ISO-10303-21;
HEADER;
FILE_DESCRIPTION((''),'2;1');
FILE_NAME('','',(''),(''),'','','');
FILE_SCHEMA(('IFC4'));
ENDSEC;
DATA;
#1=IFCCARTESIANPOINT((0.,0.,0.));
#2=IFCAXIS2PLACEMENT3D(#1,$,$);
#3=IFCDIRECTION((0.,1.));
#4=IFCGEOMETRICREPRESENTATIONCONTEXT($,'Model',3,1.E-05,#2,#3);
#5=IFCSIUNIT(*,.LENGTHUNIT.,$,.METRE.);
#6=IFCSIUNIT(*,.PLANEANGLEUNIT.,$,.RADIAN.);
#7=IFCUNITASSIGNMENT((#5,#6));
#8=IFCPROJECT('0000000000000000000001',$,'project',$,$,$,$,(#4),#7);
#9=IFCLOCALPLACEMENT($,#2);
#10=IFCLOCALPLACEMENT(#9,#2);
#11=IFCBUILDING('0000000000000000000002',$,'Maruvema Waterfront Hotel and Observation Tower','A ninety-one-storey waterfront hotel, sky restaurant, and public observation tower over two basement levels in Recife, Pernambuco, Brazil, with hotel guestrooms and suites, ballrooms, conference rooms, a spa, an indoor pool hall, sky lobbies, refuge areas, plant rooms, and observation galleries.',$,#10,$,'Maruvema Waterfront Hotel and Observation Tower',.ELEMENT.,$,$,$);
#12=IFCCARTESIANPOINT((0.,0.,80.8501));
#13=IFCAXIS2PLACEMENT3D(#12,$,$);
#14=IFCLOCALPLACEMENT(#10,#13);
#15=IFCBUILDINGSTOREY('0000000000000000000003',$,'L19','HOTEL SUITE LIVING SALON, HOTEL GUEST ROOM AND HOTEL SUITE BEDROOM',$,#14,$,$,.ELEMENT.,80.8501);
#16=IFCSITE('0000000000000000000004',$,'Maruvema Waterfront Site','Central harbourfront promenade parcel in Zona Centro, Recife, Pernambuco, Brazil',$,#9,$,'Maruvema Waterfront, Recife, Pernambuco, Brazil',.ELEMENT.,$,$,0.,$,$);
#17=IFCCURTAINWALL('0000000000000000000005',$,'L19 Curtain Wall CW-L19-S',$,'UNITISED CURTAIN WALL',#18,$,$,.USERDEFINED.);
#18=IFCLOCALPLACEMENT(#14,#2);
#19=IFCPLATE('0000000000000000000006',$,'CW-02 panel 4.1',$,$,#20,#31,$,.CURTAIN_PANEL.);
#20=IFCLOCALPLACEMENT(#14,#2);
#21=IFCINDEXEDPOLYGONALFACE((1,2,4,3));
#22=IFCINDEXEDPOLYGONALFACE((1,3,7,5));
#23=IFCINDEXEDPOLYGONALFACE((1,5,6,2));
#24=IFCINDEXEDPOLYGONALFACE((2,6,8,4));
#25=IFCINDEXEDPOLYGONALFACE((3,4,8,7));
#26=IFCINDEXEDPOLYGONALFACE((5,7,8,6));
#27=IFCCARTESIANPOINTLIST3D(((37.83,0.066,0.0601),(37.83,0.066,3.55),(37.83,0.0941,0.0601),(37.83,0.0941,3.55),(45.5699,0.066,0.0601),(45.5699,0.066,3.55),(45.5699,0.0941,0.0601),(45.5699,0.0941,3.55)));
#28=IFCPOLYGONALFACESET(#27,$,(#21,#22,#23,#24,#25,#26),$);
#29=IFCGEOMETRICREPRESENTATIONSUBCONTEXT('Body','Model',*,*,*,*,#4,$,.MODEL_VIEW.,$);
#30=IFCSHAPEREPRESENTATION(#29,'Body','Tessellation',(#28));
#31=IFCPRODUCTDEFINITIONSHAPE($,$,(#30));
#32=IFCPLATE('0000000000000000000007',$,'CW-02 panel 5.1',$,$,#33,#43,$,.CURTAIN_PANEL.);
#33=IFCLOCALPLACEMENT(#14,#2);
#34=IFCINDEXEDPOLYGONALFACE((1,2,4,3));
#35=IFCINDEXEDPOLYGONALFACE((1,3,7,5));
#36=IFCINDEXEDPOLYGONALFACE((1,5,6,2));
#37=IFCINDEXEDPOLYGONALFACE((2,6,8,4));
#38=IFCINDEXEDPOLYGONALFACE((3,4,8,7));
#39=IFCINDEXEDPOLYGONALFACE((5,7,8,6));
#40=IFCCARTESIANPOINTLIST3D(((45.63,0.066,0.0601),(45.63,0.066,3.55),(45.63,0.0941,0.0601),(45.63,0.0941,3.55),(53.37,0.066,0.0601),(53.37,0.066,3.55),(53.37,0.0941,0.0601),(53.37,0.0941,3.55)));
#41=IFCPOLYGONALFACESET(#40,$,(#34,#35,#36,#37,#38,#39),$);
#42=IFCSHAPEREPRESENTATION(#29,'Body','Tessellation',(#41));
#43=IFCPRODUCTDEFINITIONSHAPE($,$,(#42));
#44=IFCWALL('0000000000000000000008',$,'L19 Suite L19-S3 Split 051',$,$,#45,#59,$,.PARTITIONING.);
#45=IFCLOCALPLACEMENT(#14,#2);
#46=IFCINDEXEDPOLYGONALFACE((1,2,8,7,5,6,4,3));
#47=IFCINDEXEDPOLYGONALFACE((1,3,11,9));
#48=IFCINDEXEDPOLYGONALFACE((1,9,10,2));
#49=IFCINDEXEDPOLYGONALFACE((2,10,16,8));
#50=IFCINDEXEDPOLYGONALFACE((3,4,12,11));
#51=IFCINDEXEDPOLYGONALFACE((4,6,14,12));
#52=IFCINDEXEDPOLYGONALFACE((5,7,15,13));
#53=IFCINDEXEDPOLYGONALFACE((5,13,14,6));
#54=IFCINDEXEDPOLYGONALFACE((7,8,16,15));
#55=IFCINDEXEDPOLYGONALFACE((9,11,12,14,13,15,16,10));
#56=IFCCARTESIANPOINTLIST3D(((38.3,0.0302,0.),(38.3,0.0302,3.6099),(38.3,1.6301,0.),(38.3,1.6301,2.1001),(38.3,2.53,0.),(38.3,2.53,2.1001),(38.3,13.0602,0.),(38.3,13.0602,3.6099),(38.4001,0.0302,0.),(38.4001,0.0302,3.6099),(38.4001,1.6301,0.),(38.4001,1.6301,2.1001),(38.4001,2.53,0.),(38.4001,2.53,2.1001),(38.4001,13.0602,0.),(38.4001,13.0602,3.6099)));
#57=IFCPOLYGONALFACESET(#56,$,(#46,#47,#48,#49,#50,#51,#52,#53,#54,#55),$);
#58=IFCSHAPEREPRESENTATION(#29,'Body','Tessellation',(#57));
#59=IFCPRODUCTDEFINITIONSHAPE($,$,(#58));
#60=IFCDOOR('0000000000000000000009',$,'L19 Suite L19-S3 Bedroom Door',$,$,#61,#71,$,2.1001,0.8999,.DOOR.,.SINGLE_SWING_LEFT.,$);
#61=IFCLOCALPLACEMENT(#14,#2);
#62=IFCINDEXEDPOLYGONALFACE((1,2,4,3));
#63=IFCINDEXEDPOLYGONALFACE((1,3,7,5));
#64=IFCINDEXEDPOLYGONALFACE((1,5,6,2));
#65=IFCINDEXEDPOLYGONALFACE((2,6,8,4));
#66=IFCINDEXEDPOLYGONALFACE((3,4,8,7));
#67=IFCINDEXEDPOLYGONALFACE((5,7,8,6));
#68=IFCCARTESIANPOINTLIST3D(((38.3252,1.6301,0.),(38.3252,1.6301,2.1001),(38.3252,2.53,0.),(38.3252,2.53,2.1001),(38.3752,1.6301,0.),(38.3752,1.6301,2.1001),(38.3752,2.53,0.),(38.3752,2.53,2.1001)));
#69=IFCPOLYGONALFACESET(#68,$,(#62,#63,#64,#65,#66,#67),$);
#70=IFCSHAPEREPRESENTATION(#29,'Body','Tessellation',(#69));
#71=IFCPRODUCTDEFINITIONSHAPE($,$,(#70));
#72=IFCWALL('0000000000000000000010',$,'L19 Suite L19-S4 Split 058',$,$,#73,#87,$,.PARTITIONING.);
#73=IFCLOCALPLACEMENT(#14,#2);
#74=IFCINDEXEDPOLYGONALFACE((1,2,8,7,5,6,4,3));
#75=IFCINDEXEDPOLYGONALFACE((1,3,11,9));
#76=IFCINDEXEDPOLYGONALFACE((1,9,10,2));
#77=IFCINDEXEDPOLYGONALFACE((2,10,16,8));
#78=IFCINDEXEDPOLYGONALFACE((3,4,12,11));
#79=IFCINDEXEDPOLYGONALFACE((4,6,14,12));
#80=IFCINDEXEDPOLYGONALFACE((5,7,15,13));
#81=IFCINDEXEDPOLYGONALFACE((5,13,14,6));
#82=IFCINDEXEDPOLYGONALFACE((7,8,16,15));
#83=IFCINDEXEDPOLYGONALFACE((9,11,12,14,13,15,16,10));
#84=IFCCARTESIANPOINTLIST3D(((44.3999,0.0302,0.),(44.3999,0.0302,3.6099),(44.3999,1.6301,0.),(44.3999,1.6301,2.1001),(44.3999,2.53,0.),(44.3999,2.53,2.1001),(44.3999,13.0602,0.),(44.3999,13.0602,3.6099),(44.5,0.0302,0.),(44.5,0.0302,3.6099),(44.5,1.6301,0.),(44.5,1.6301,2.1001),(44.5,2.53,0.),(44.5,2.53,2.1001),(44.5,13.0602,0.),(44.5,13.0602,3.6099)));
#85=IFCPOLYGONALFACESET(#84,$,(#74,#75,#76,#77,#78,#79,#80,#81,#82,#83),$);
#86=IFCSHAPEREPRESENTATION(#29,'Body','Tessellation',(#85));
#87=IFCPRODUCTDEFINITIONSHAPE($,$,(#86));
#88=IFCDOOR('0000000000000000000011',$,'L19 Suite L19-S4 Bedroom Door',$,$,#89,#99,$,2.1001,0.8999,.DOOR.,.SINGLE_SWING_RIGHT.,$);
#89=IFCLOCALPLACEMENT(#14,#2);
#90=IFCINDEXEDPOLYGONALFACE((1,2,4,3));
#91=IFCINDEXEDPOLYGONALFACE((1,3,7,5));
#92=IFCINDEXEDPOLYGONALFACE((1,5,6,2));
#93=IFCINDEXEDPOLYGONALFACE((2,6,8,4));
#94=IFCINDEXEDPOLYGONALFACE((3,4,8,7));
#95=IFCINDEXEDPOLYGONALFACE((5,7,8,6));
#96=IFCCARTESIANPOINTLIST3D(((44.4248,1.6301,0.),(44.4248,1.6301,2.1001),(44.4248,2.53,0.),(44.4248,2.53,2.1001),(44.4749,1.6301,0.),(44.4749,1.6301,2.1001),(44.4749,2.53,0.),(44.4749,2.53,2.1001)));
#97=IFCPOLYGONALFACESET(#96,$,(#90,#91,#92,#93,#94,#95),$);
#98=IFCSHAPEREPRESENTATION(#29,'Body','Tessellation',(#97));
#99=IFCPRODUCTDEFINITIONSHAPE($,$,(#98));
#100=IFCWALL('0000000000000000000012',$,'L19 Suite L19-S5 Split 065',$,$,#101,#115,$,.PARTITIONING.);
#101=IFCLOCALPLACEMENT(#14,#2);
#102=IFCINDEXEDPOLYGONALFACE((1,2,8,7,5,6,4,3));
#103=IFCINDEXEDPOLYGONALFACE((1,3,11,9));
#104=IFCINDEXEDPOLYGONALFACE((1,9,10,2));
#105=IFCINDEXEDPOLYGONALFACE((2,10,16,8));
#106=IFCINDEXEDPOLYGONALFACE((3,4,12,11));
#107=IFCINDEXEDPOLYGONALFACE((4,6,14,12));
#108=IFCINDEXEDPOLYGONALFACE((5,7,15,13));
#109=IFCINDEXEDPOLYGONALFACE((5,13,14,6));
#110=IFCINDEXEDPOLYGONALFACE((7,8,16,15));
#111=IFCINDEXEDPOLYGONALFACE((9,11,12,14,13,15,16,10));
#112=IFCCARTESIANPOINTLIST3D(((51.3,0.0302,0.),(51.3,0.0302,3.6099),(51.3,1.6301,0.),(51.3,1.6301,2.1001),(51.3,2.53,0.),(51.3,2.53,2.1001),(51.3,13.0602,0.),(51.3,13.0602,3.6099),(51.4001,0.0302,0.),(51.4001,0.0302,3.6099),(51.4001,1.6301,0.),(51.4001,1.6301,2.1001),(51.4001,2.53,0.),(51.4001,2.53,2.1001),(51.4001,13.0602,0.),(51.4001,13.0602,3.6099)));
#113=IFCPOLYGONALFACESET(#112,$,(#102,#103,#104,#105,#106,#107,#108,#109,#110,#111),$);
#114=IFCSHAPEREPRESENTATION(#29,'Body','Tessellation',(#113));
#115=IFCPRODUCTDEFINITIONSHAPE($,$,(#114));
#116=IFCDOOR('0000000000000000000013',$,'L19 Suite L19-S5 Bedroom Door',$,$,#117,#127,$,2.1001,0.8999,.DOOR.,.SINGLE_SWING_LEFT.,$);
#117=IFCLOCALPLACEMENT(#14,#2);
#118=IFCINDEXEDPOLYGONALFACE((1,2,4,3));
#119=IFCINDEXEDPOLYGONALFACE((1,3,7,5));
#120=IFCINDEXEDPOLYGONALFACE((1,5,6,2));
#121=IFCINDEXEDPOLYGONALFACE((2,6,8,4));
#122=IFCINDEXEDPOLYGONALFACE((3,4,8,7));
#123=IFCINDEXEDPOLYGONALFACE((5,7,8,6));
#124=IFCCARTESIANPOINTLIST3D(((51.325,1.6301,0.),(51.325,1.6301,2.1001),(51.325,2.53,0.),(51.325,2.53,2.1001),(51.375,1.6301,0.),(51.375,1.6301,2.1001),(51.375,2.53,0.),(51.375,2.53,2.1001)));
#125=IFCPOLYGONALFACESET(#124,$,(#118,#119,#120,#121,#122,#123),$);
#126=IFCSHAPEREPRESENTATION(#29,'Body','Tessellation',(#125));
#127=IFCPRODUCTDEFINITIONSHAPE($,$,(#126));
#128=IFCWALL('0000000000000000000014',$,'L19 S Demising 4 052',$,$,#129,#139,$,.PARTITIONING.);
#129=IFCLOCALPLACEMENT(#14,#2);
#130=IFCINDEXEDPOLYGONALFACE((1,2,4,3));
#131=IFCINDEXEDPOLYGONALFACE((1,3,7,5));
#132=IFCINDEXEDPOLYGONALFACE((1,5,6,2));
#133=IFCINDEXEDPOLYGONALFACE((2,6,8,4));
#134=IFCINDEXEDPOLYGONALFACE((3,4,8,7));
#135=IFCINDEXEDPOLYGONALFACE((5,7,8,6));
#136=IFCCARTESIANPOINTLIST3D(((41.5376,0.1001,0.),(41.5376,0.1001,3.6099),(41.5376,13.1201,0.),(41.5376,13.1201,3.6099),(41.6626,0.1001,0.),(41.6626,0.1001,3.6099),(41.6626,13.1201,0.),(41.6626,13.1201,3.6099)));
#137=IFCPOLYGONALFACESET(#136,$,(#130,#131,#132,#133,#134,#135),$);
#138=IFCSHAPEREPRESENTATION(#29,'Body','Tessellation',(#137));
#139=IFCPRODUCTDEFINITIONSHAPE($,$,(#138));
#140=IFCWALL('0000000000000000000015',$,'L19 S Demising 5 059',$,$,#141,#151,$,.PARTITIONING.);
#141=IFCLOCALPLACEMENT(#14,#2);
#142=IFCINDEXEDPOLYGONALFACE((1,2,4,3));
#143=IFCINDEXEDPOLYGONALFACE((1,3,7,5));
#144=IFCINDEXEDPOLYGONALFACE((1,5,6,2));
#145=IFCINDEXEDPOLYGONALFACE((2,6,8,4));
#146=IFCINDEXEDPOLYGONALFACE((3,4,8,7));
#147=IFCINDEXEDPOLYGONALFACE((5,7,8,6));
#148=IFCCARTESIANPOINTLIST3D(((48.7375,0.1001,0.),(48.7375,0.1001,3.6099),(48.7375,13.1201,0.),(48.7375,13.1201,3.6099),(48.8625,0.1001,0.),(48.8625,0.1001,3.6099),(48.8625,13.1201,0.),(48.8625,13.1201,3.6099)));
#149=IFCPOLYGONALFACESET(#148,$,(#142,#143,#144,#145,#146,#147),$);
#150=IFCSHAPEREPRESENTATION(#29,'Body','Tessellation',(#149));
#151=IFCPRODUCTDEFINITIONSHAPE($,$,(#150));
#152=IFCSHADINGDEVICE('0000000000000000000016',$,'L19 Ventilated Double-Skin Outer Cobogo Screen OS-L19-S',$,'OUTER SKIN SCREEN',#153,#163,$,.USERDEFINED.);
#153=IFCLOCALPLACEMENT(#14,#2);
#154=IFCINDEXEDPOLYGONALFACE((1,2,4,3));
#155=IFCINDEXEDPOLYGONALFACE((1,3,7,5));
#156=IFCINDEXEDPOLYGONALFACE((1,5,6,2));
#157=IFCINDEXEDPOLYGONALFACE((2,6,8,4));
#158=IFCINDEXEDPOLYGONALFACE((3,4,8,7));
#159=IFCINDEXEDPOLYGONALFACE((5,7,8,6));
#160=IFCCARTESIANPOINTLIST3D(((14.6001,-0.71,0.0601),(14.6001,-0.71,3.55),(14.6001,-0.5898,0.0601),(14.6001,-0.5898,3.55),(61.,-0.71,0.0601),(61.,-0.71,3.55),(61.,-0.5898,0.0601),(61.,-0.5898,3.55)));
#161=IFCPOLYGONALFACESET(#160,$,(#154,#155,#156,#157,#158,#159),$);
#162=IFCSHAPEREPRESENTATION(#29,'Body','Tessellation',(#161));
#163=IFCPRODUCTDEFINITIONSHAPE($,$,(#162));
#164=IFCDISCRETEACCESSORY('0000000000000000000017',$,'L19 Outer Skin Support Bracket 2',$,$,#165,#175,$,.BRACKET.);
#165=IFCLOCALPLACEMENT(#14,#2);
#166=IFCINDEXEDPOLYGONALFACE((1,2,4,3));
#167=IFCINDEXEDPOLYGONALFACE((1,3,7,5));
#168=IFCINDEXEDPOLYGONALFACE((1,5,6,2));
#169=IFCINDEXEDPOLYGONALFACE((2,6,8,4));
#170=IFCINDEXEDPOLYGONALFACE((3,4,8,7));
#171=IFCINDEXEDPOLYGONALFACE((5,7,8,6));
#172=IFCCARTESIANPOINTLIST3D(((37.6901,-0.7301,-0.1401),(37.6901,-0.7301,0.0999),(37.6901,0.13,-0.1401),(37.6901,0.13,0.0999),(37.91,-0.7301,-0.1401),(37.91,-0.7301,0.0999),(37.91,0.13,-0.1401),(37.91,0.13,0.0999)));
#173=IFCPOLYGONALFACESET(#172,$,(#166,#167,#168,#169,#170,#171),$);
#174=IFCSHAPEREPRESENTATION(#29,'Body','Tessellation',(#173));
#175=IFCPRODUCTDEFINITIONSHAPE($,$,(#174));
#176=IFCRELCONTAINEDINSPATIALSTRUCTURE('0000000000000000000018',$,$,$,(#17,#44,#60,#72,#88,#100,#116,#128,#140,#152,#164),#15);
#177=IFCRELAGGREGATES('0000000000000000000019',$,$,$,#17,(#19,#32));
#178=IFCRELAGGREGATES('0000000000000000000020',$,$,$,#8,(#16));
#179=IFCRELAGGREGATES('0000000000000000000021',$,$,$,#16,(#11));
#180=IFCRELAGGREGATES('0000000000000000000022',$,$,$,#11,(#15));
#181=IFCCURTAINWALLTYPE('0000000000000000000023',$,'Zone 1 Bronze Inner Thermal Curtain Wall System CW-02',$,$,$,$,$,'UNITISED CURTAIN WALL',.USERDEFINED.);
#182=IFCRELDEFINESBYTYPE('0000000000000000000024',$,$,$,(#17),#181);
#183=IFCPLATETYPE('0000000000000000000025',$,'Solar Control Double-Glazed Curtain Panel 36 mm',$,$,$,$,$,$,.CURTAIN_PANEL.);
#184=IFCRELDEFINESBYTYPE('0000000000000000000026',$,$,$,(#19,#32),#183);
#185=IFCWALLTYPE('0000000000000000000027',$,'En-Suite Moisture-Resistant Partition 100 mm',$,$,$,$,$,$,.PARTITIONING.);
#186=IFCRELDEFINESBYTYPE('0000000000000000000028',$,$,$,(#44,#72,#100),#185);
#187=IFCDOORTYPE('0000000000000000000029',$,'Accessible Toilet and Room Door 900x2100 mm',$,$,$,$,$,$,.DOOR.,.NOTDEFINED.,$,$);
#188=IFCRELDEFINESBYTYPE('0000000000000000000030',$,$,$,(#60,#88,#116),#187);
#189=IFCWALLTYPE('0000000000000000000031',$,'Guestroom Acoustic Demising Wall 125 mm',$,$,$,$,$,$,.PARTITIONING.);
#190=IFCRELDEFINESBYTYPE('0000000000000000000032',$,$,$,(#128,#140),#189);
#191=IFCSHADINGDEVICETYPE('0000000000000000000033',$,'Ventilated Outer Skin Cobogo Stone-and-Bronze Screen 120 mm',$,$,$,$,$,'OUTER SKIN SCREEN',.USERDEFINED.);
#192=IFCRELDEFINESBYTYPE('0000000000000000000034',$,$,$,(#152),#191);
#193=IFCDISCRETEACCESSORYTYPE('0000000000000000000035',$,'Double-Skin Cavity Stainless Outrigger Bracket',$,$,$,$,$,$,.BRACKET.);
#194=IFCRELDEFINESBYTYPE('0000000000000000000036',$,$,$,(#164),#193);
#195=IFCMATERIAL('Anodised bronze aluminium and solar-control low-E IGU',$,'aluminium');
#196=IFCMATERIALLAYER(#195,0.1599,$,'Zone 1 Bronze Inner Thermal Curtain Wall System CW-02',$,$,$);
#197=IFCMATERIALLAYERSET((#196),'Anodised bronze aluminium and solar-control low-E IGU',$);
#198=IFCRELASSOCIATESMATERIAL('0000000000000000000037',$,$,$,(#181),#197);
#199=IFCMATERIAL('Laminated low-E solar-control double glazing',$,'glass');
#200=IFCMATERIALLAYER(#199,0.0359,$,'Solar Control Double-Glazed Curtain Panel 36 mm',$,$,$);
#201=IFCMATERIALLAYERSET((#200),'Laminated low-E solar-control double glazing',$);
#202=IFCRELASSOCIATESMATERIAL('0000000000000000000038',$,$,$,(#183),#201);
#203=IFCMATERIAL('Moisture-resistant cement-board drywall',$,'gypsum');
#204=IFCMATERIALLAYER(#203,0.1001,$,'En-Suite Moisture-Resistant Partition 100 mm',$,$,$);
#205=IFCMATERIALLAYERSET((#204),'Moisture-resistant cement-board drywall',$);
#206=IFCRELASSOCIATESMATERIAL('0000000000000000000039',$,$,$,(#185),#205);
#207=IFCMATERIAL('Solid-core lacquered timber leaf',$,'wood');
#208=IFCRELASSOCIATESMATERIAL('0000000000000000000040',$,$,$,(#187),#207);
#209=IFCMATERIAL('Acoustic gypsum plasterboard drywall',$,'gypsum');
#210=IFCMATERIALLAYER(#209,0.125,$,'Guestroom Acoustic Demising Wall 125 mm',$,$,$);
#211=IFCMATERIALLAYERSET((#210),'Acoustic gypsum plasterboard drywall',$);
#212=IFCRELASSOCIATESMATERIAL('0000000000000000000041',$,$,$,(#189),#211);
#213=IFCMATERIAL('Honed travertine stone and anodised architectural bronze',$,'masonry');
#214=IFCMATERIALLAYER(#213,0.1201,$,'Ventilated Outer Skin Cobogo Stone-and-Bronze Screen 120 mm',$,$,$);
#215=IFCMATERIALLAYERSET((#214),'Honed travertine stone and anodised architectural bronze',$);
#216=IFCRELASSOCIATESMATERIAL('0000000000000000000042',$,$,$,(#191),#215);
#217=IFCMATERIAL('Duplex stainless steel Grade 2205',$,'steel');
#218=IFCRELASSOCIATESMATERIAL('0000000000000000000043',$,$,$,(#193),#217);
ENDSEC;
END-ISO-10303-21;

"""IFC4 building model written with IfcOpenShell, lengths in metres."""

from ifc_helpers import new_model, si_unit, direction, frame, frame_2d, origin, origin_2d, place, context, subcontext, project, spatial, rectangle, extrude, material, layer, layer_set, type_object, element, fill, aggregate, save


model = new_model("IFC4")

# Units and contexts
model_context = context("Model", 3, precision=1e-05, world=origin(), true_north=direction((0.0, 1.0)))
body_context = subcontext(model_context, "Body", "Model", "MODEL_VIEW")
ifc_project = project(units=[si_unit("LENGTHUNIT", "METRE"), si_unit("PLANEANGLEUNIT", "RADIAN")], contexts=[model_context])

# Site, building, storey
site_placement = place(None, origin())
site = spatial("IfcSite", under=ifc_project, at=site_placement, Name="Maruvema Waterfront Site", Description="Central harbourfront promenade parcel in Zona Centro, Recife, Pernambuco, Brazil", LongName="Maruvema Waterfront, Recife, Pernambuco, Brazil", CompositionType="ELEMENT", RefElevation=0.0)
building_placement = place(site_placement, origin())
building = spatial("IfcBuilding", under=site, at=building_placement, Name="Maruvema Waterfront Hotel and Observation Tower", Description="A ninety-one-storey waterfront hotel, sky restaurant, and public observation tower over two basement levels in Recife, Pernambuco, Brazil, with hotel guestrooms and suites, ballrooms, conference rooms, a spa, an indoor pool hall, sky lobbies, refuge areas, plant rooms, and observation galleries.", LongName="Maruvema Waterfront Hotel and Observation Tower", CompositionType="ELEMENT")
storey_placement = place(building_placement, frame((0.0, 0.0, 80.8501)))
storey = spatial("IfcBuildingStorey", under=building, at=storey_placement, Name="L19", Description="HOTEL SUITE LIVING SALON, HOTEL GUEST ROOM AND HOTEL SUITE BEDROOM", CompositionType="ELEMENT", Elevation=80.8501)

# Curtain wall
ifc_material_1 = material(Name="Anodised bronze aluminium and solar-control low-E IGU", Category="aluminium")
ifc_layer_1 = layer(ifc_material_1, 0.1599, Name="Zone 1 Bronze Inner Thermal Curtain Wall System CW-02")
ifc_layer_set_1 = layer_set([ifc_layer_1], Name="Anodised bronze aluminium and solar-control low-E IGU")
curtain_wall_type = type_object("IfcCurtainWallType", Name="Zone 1 Bronze Inner Thermal Curtain Wall System CW-02", ElementType="UNITISED CURTAIN WALL", PredefinedType="USERDEFINED", material=ifc_layer_set_1)
curtain_wall_placement = place(storey_placement, origin())
curtain_wall = element("IfcCurtainWall", 1, at=curtain_wall_placement, inside=storey, type_object=curtain_wall_type, Name="L19 Curtain Wall CW-L19-S", ObjectType="UNITISED CURTAIN WALL", PredefinedType="USERDEFINED")

# Plates
ifc_material_2 = material(Name="Laminated low-E solar-control double glazing", Category="glass")
ifc_layer_2 = layer(ifc_material_2, 0.0359, Name="Solar Control Double-Glazed Curtain Panel 36 mm")
ifc_layer_set_2 = layer_set([ifc_layer_2], Name="Laminated low-E solar-control double glazing")
plate_type = type_object("IfcPlateType", Name="Solar Control Double-Glazed Curtain Panel 36 mm", PredefinedType="CURTAIN_PANEL", material=ifc_layer_set_2)
plate_1_placement = place(storey_placement, frame((41.7, 0.0801, 0.0601), z_axis=(0.0, 0.0, 1.0), x_axis=(1.0, 0.0, 0.0)))
plate_1 = element("IfcPlate", 2, at=plate_1_placement, type_object=plate_type, Name="CW-02 panel 4.1", PredefinedType="CURTAIN_PANEL", context=body_context, shape_type="SweptSolid", body=[
    extrude(rectangle(XDim=7.74, YDim=0.0281, at=origin_2d()), origin(), (0.0, 0.0, 1.0), 3.49),
])
plate_2_placement = place(storey_placement, frame((49.5, 0.0801, 0.0601), z_axis=(0.0, 0.0, 1.0), x_axis=(1.0, 0.0, 0.0)))
plate_2 = element("IfcPlate", 3, at=plate_2_placement, type_object=plate_type, Name="CW-02 panel 5.1", PredefinedType="CURTAIN_PANEL", context=body_context, shape_type="SweptSolid", body=[
    extrude(rectangle(XDim=7.74, YDim=0.0281, at=origin_2d()), origin(), (0.0, 0.0, 1.0), 3.49),
])
aggregate(curtain_wall, [plate_1, plate_2])

# Walls, openings, doors
ifc_material_3 = material(Name="Moisture-resistant cement-board drywall", Category="gypsum")
ifc_layer_3 = layer(ifc_material_3, 0.1001, Name="En-Suite Moisture-Resistant Partition 100 mm")
ifc_layer_set_3 = layer_set([ifc_layer_3], Name="Moisture-resistant cement-board drywall")
wall_type_1 = type_object("IfcWallType", Name="En-Suite Moisture-Resistant Partition 100 mm", PredefinedType="PARTITIONING", material=ifc_layer_set_3)
wall_1_placement = place(storey_placement, frame((38.3501, 0.03, 0.0), z_axis=(0.0, 0.0, 1.0), x_axis=(0.0, 1.0, 0.0)))
wall_1 = element("IfcWall", 4, at=wall_1_placement, inside=storey, type_object=wall_type_1, Name="L19 Suite L19-S3 Split 051", PredefinedType="PARTITIONING", context=body_context, shape_type="SweptSolid", body=[
    extrude(rectangle(XDim=13.03, YDim=0.1001, at=frame_2d((6.5151, 0.0))), origin(), (0.0, 0.0, 1.0), 3.6099),
])
opening_1_placement = place(wall_1_placement, frame((1.6001, 0.0, 0.0)))
opening_1 = element("IfcOpeningElement", 5, at=opening_1_placement, cuts=wall_1, PredefinedType="OPENING", context=body_context, shape_type="SweptSolid", body=[
    extrude(rectangle(XDim=0.8999, YDim=2.1001, at=frame_2d((0.45, 1.05))), frame((0.0, 0.0601, 0.0), z_axis=(0.0, -1.0, 0.0), x_axis=(1.0, 0.0, 0.0)), (0.0, 0.0, 1.0), 0.1201),
])
ifc_material_4 = material(Name="Solid-core lacquered timber leaf", Category="wood")
door_type = type_object("IfcDoorType", Name="Accessible Toilet and Room Door 900x2100 mm", OperationType="NOTDEFINED", PredefinedType="DOOR", material=ifc_material_4)
door_1_placement = place(opening_1_placement, origin())
door_1 = element("IfcDoor", 6, at=door_1_placement, inside=storey, type_object=door_type, Name="L19 Suite L19-S3 Bedroom Door", OperationType="SINGLE_SWING_LEFT", OverallHeight=2.1001, OverallWidth=0.8999, PredefinedType="DOOR", context=body_context, shape_type="SweptSolid", body=[
    extrude(rectangle(XDim=0.8999, YDim=2.1001, at=frame_2d((0.45, 1.05))), frame((0.0, 0.0249, 0.0), z_axis=(0.0, -1.0, 0.0), x_axis=(1.0, 0.0, 0.0)), (0.0, 0.0, 1.0), 0.05),
])
fill(opening_1, door_1)
wall_2_placement = place(storey_placement, frame((44.45, 0.03, 0.0), z_axis=(0.0, 0.0, 1.0), x_axis=(0.0, 1.0, 0.0)))
wall_2 = element("IfcWall", 7, at=wall_2_placement, inside=storey, type_object=wall_type_1, Name="L19 Suite L19-S4 Split 058", PredefinedType="PARTITIONING", context=body_context, shape_type="SweptSolid", body=[
    extrude(rectangle(XDim=13.03, YDim=0.1001, at=frame_2d((6.5151, 0.0))), origin(), (0.0, 0.0, 1.0), 3.6099),
])
opening_2_placement = place(wall_2_placement, frame((1.6001, 0.0, 0.0)))
opening_2 = element("IfcOpeningElement", 8, at=opening_2_placement, cuts=wall_2, PredefinedType="OPENING", context=body_context, shape_type="SweptSolid", body=[
    extrude(rectangle(XDim=0.8999, YDim=2.1001, at=frame_2d((0.45, 1.05))), frame((0.0, 0.0601, 0.0), z_axis=(0.0, -1.0, 0.0), x_axis=(1.0, 0.0, 0.0)), (0.0, 0.0, 1.0), 0.1201),
])
door_2_placement = place(opening_2_placement, frame((0.8999, 0.0, 0.0), z_axis=(0.0, 0.0, 1.0), x_axis=(-1.0, 0.0, 0.0)))
door_2 = element("IfcDoor", 9, at=door_2_placement, inside=storey, type_object=door_type, Name="L19 Suite L19-S4 Bedroom Door", OperationType="SINGLE_SWING_RIGHT", OverallHeight=2.1001, OverallWidth=0.8999, PredefinedType="DOOR", context=body_context, shape_type="SweptSolid", body=[
    extrude(rectangle(XDim=0.8999, YDim=2.1001, at=frame_2d((0.45, 1.05))), frame((0.0, 0.0249, 0.0), z_axis=(0.0, -1.0, 0.0), x_axis=(1.0, 0.0, 0.0)), (0.0, 0.0, 1.0), 0.05),
])
fill(opening_2, door_2)
wall_3_placement = place(storey_placement, frame((51.3501, 0.03, 0.0), z_axis=(0.0, 0.0, 1.0), x_axis=(0.0, 1.0, 0.0)))
wall_3 = element("IfcWall", 10, at=wall_3_placement, inside=storey, type_object=wall_type_1, Name="L19 Suite L19-S5 Split 065", PredefinedType="PARTITIONING", context=body_context, shape_type="SweptSolid", body=[
    extrude(rectangle(XDim=13.03, YDim=0.1001, at=frame_2d((6.5151, 0.0))), origin(), (0.0, 0.0, 1.0), 3.6099),
])
opening_3_placement = place(wall_3_placement, frame((1.6001, 0.0, 0.0)))
opening_3 = element("IfcOpeningElement", 11, at=opening_3_placement, cuts=wall_3, PredefinedType="OPENING", context=body_context, shape_type="SweptSolid", body=[
    extrude(rectangle(XDim=0.8999, YDim=2.1001, at=frame_2d((0.45, 1.05))), frame((0.0, 0.0601, 0.0), z_axis=(0.0, -1.0, 0.0), x_axis=(1.0, 0.0, 0.0)), (0.0, 0.0, 1.0), 0.1201),
])
door_3_placement = place(opening_3_placement, frame((0.8999, 0.0, 0.0), z_axis=(0.0, 0.0, 1.0), x_axis=(-1.0, 0.0, 0.0)))
door_3 = element("IfcDoor", 12, at=door_3_placement, inside=storey, type_object=door_type, Name="L19 Suite L19-S5 Bedroom Door", OperationType="SINGLE_SWING_LEFT", OverallHeight=2.1001, OverallWidth=0.8999, PredefinedType="DOOR", context=body_context, shape_type="SweptSolid", body=[
    extrude(rectangle(XDim=0.8999, YDim=2.1001, at=frame_2d((0.45, 1.05))), frame((0.0, 0.0249, 0.0), z_axis=(0.0, -1.0, 0.0), x_axis=(1.0, 0.0, 0.0)), (0.0, 0.0, 1.0), 0.05),
])
fill(opening_3, door_3)

# Walls
ifc_material_5 = material(Name="Acoustic gypsum plasterboard drywall", Category="gypsum")
ifc_layer_4 = layer(ifc_material_5, 0.125, Name="Guestroom Acoustic Demising Wall 125 mm")
ifc_layer_set_4 = layer_set([ifc_layer_4], Name="Acoustic gypsum plasterboard drywall")
wall_type_2 = type_object("IfcWallType", Name="Guestroom Acoustic Demising Wall 125 mm", PredefinedType="PARTITIONING", material=ifc_layer_set_4)
for number, where, z_axis, x_axis, name in (
    (13, (41.6001, 0.1001, 0.0), (0.0, 0.0, 1.0), (0.0, 1.0, 0.0), "L19 S Demising 4 052"),
    (14, (48.8, 0.1001, 0.0), (0.0, 0.0, 1.0), (0.0, 1.0, 0.0), "L19 S Demising 5 059"),
):
    element("IfcWall", number, at=place(storey_placement, frame(where, z_axis=z_axis, x_axis=x_axis)), inside=storey, type_object=wall_type_2, Name=name, PredefinedType="PARTITIONING", context=body_context, shape_type="SweptSolid", body=[
        extrude(rectangle(XDim=13.02, YDim=0.125, at=frame_2d((6.51, 0.0))), origin(), (0.0, 0.0, 1.0), 3.6099),
    ])

# Shading device
ifc_material_6 = material(Name="Honed travertine stone and anodised architectural bronze", Category="masonry")
ifc_layer_5 = layer(ifc_material_6, 0.1201, Name="Ventilated Outer Skin Cobogo Stone-and-Bronze Screen 120 mm")
ifc_layer_set_5 = layer_set([ifc_layer_5], Name="Honed travertine stone and anodised architectural bronze")
shading_device_type = type_object("IfcShadingDeviceType", Name="Ventilated Outer Skin Cobogo Stone-and-Bronze Screen 120 mm", ElementType="OUTER SKIN SCREEN", PredefinedType="USERDEFINED", material=ifc_layer_set_5)
shading_device_placement = place(storey_placement, frame((37.8, -0.6499, 0.0601), z_axis=(0.0, 0.0, 1.0), x_axis=(1.0, 0.0, 0.0)))
element("IfcShadingDevice", 15, at=shading_device_placement, inside=storey, type_object=shading_device_type, Name="L19 Ventilated Double-Skin Outer Cobogo Screen OS-L19-S", ObjectType="OUTER SKIN SCREEN", PredefinedType="USERDEFINED", context=body_context, shape_type="SweptSolid", body=[
    extrude(rectangle(XDim=46.3999, YDim=0.1201, at=origin_2d()), origin(), (0.0, 0.0, 1.0), 3.49),
])

# Discrete accessory
ifc_material_7 = material(Name="Duplex stainless steel Grade 2205", Category="steel")
discrete_accessory_type = type_object("IfcDiscreteAccessoryType", Name="Double-Skin Cavity Stainless Outrigger Bracket", PredefinedType="BRACKET", material=ifc_material_7)
for number, where, z_axis, x_axis, name in (
    (16, (37.8, -0.3, -0.1401), (0.0, 0.0, 1.0), (1.0, 0.0, 0.0), "L19 Outer Skin Support Bracket 2"),
):
    element("IfcDiscreteAccessory", number, at=place(storey_placement, frame(where, z_axis=z_axis, x_axis=x_axis)), inside=storey, type_object=discrete_accessory_type, Name=name, PredefinedType="BRACKET", context=body_context, shape_type="SweptSolid", body=[
        extrude(rectangle(XDim=0.22, YDim=0.8601, at=origin_2d()), origin(), (0.0, 0.0, 1.0), 0.24),
    ])

save(model, "model.ifc")
